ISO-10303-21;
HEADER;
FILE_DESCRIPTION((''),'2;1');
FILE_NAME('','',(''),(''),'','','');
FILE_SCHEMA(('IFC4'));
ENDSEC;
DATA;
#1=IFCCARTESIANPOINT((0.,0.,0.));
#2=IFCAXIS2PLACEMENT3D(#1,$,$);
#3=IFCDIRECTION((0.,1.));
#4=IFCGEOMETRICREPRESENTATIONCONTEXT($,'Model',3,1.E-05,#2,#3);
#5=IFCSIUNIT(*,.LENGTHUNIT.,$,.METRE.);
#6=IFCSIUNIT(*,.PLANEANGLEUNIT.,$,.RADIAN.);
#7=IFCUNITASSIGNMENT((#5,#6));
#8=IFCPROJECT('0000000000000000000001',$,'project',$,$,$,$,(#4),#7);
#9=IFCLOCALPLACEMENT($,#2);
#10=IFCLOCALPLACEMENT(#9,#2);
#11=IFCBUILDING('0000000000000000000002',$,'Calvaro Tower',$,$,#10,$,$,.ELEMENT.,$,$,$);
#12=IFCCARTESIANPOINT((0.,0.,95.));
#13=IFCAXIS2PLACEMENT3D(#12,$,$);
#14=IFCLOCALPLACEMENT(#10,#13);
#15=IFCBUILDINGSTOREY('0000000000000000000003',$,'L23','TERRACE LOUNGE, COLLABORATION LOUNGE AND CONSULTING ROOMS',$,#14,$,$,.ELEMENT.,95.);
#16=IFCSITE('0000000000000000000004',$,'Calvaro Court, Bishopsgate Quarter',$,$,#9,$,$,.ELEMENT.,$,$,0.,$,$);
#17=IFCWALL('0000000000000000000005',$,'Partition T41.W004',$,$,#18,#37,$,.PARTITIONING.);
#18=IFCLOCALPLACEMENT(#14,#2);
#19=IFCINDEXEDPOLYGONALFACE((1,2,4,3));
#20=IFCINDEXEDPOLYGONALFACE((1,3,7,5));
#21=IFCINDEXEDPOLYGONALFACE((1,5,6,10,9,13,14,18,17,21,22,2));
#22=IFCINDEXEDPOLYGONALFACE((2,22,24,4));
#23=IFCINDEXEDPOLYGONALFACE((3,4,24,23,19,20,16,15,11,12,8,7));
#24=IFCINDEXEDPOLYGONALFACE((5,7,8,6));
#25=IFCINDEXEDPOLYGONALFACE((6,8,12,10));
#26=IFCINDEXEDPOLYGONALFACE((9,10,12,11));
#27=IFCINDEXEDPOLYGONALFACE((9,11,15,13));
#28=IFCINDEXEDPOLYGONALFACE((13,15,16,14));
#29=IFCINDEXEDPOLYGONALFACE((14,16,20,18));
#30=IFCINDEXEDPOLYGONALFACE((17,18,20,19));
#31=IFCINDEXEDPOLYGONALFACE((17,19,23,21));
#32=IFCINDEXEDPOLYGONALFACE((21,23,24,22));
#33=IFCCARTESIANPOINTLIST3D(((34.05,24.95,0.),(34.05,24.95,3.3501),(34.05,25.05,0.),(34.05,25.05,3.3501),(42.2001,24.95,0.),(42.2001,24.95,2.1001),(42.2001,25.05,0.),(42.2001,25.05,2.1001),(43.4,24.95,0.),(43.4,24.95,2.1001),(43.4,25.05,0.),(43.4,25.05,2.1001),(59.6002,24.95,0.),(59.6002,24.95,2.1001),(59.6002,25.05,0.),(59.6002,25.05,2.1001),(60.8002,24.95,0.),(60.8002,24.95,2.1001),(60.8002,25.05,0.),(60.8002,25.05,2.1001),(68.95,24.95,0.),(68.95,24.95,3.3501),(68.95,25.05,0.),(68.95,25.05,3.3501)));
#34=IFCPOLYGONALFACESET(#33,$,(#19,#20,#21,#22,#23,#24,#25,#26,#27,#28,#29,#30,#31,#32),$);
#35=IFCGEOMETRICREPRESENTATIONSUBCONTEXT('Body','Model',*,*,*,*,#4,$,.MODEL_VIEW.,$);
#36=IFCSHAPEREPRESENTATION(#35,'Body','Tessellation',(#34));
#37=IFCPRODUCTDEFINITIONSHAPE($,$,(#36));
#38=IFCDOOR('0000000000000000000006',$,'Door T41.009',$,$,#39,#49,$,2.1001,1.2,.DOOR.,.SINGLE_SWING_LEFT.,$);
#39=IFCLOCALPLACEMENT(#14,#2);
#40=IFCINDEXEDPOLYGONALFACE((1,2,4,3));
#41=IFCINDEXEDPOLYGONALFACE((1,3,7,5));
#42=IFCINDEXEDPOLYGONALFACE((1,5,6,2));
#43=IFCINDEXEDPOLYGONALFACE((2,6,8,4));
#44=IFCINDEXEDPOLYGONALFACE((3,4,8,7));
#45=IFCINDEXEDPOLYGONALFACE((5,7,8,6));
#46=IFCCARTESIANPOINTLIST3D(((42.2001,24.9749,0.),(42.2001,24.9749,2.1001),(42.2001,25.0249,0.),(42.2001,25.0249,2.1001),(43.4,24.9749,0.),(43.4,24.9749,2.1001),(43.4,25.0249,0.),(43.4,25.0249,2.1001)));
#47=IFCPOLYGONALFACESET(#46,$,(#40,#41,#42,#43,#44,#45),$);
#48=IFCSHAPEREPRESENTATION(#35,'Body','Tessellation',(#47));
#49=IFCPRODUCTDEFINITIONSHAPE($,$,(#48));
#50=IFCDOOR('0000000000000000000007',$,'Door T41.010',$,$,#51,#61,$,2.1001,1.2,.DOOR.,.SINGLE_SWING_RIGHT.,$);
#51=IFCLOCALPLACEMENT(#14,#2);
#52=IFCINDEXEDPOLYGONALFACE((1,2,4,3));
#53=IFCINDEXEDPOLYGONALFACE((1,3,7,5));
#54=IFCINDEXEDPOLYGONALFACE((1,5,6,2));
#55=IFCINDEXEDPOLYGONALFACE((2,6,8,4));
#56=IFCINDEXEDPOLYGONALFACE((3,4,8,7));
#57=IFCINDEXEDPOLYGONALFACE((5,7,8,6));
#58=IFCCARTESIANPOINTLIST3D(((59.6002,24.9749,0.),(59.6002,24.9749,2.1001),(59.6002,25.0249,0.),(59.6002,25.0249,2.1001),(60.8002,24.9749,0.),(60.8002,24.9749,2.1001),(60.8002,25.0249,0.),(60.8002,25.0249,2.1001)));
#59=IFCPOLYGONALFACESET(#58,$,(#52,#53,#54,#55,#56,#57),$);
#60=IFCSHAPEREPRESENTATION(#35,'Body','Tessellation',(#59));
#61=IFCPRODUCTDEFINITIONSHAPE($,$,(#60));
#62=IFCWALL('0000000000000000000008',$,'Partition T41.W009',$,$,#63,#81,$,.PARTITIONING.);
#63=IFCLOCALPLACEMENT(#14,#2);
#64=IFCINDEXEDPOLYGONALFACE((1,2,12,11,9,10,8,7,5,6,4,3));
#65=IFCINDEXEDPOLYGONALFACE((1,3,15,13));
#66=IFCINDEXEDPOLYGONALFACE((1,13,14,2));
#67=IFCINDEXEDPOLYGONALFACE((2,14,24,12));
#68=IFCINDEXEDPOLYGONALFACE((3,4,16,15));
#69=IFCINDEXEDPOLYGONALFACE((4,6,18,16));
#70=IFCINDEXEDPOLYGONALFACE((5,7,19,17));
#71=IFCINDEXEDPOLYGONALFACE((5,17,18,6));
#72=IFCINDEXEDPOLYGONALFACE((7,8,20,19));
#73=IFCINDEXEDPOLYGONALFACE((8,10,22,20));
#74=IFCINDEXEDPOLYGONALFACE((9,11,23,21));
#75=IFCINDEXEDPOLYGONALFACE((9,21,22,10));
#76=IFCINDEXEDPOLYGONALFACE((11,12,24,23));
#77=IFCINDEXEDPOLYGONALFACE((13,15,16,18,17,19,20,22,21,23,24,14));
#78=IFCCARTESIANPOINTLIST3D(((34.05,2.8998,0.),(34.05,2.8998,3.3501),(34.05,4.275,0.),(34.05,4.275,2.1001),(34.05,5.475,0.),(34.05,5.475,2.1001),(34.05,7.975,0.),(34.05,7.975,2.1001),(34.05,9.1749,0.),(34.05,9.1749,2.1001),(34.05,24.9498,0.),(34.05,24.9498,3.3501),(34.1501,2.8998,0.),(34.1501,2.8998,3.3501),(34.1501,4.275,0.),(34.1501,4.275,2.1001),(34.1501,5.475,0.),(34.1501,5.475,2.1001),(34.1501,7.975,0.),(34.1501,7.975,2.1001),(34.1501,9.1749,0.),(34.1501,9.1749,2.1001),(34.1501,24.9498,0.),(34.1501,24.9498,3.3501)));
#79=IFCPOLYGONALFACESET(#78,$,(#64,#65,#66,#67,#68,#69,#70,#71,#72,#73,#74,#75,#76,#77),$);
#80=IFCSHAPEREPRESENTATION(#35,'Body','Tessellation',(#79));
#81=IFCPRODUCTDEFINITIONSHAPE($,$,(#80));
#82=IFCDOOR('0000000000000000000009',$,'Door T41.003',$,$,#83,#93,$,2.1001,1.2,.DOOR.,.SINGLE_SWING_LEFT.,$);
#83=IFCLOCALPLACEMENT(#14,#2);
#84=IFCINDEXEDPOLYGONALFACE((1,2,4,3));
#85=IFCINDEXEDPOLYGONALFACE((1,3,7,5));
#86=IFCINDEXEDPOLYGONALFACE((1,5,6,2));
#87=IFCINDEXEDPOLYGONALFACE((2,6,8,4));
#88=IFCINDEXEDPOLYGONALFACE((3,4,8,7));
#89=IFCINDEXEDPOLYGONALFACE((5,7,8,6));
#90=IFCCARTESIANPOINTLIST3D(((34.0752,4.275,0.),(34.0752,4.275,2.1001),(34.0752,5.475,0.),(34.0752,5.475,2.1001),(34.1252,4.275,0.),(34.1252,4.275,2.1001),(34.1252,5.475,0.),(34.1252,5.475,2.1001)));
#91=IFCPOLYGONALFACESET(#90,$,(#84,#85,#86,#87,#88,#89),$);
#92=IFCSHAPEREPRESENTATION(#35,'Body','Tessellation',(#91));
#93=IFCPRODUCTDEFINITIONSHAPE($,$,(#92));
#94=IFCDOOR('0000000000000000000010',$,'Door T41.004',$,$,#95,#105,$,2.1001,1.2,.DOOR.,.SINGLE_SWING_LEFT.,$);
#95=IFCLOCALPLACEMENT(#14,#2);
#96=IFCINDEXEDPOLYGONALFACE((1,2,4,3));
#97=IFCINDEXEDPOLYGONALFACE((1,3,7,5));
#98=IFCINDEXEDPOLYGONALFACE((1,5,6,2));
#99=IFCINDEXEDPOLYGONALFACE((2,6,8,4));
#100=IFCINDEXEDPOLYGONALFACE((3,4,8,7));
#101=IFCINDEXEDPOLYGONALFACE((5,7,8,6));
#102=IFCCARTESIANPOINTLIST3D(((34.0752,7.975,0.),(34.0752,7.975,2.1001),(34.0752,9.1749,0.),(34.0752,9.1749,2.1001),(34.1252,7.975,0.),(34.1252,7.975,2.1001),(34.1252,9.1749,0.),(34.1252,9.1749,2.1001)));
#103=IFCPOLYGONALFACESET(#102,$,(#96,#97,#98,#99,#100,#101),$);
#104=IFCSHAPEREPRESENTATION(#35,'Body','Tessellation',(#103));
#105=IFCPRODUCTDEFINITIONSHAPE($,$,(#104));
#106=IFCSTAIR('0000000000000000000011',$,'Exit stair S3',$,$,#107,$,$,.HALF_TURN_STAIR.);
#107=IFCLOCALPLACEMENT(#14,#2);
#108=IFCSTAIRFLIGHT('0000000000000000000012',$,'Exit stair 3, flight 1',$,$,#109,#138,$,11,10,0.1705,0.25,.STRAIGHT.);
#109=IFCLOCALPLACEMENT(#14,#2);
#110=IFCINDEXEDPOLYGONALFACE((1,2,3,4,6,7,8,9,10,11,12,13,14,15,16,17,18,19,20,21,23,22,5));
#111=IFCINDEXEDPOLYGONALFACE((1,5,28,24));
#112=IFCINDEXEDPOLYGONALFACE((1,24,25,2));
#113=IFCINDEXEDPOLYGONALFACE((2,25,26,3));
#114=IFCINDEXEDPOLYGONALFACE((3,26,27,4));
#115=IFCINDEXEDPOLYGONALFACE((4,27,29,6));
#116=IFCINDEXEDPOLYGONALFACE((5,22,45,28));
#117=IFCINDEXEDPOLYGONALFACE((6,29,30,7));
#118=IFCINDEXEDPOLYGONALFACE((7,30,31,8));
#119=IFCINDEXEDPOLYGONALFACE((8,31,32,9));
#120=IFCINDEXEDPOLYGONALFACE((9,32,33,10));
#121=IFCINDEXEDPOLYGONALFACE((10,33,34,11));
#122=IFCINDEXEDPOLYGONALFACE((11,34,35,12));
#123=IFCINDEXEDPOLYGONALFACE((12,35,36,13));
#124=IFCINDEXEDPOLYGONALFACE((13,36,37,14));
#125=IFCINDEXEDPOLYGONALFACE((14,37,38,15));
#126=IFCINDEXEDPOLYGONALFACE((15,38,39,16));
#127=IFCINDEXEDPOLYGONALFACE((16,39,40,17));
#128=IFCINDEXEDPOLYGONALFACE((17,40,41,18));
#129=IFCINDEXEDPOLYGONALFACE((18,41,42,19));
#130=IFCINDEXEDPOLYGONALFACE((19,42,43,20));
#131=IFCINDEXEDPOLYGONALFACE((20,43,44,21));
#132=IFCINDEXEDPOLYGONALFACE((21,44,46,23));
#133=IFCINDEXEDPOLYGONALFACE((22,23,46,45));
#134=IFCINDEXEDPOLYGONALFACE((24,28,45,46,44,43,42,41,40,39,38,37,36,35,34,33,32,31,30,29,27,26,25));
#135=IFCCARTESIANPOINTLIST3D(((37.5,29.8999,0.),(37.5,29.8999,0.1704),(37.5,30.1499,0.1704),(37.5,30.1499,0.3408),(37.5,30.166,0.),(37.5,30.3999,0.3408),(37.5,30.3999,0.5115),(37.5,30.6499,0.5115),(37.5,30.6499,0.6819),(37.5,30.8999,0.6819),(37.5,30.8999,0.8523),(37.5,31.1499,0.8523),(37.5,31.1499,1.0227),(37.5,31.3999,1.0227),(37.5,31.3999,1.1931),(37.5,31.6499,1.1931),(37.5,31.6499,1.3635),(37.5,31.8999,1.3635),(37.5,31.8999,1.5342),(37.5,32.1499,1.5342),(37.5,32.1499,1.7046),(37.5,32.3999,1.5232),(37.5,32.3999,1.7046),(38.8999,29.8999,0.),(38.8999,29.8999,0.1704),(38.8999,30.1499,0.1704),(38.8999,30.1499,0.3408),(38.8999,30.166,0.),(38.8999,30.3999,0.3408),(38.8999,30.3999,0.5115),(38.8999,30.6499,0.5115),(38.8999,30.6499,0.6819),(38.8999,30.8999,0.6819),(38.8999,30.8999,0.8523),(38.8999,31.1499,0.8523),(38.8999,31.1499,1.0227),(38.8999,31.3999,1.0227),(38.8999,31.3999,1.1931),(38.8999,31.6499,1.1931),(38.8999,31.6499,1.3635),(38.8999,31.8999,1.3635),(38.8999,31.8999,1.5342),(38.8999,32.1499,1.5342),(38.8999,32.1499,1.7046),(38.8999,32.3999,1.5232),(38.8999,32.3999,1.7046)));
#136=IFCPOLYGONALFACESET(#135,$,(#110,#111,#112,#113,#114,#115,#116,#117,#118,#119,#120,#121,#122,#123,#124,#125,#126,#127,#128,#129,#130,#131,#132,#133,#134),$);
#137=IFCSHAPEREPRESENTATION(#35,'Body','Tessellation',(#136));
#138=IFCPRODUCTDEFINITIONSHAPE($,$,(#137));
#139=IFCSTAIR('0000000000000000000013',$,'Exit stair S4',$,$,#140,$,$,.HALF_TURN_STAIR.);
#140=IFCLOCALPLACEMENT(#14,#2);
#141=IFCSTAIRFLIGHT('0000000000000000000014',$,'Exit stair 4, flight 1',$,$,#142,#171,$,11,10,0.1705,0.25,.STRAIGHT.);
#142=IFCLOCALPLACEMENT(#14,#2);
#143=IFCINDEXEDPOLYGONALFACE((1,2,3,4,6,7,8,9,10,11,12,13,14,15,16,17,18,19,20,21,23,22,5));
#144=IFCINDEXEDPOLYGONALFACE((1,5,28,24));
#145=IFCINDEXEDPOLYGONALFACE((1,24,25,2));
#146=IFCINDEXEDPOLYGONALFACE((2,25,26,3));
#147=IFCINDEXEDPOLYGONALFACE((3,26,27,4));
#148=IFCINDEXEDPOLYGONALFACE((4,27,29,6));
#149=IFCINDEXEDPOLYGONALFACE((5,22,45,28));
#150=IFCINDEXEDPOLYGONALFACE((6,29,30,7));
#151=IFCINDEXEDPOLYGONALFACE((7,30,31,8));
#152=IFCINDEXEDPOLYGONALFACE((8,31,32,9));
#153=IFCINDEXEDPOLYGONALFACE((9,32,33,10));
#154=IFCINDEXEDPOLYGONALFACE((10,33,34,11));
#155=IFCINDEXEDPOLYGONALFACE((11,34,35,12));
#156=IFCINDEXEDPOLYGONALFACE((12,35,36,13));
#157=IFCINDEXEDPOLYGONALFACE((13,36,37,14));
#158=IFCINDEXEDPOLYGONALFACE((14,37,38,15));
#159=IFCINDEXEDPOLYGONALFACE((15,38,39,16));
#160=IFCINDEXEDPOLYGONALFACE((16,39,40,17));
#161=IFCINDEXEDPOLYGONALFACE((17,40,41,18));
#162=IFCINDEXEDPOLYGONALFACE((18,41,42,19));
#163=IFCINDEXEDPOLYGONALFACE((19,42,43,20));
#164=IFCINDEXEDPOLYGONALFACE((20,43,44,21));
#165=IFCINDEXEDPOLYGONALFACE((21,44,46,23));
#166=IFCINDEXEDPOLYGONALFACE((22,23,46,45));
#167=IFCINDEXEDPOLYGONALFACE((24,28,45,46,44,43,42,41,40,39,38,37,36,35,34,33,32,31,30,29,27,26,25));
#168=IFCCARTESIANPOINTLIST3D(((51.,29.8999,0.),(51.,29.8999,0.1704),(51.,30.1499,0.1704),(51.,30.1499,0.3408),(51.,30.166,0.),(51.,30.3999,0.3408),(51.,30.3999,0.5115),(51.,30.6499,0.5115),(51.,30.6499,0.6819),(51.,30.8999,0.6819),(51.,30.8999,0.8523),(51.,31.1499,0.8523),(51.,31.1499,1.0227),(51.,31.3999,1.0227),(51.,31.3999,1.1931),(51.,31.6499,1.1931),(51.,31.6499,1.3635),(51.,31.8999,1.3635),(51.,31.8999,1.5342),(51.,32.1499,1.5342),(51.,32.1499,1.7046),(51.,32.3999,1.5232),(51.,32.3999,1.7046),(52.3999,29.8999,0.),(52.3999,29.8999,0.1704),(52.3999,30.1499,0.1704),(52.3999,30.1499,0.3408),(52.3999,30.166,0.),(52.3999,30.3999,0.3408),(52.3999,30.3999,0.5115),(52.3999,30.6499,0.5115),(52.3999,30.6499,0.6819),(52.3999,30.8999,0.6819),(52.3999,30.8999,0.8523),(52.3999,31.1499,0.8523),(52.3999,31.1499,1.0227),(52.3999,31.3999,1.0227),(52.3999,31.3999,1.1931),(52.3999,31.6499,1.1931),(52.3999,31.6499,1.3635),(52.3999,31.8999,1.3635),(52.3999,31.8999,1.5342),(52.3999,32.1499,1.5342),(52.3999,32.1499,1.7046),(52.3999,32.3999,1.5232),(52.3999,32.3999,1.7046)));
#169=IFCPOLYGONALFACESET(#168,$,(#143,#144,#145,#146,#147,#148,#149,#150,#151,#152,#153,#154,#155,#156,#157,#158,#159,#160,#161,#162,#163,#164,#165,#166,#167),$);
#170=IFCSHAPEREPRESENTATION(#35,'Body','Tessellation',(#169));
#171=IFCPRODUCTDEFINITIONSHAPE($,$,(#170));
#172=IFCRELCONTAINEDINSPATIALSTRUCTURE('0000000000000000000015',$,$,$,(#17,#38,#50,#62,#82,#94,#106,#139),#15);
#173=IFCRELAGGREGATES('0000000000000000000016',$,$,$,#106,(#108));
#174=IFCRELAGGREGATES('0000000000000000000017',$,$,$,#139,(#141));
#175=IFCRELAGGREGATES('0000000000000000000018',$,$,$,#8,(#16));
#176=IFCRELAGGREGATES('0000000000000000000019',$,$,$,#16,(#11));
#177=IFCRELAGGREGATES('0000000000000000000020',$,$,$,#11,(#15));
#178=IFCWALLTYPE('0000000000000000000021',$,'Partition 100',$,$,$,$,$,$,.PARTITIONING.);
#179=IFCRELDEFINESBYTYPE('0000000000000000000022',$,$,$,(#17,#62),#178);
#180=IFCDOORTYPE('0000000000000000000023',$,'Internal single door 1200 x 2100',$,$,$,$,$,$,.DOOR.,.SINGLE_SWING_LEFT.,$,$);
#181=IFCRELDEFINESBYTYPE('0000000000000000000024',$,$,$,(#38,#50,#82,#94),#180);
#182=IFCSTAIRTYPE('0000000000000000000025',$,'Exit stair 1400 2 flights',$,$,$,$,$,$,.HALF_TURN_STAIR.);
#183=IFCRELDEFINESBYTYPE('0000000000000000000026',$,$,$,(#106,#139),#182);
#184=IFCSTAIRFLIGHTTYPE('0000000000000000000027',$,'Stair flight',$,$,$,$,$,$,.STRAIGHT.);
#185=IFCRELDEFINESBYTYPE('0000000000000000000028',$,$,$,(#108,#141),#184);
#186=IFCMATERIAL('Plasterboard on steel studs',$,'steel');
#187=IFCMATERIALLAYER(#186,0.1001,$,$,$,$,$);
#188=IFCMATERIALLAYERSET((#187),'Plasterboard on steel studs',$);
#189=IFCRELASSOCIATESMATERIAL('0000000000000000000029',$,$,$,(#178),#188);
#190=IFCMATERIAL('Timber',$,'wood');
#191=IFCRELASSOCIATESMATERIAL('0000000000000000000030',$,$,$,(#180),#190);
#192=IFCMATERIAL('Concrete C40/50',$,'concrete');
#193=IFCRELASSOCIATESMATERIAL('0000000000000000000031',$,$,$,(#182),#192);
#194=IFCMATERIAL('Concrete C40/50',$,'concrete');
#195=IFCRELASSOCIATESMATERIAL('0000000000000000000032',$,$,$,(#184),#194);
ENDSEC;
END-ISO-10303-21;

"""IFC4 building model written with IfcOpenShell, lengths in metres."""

from ifc_helpers import new_model, si_unit, direction, frame, frame_2d, origin, place, context, subcontext, project, spatial, polyline, rectangle, outline, extrude, material, layer, layer_set, type_object, element, fill, aggregate, save


model = new_model("IFC4")

# Units and contexts
model_context = context("Model", 3, precision=1e-05, world=origin(), true_north=direction((0.0, 1.0)))
body_context = subcontext(model_context, "Body", "Model", "MODEL_VIEW")
ifc_project = project(units=[si_unit("LENGTHUNIT", "METRE"), si_unit("PLANEANGLEUNIT", "RADIAN")], contexts=[model_context])

# Site, building, storey
site_placement = place(None, origin())
site = spatial("IfcSite", under=ifc_project, at=site_placement, Name="Calvaro Court, Bishopsgate Quarter", CompositionType="ELEMENT", RefElevation=0.0)
building_placement = place(site_placement, origin())
building = spatial("IfcBuilding", under=site, at=building_placement, Name="Calvaro Tower", CompositionType="ELEMENT")
storey_placement = place(building_placement, frame((0.0, 0.0, 95.0)))
storey = spatial("IfcBuildingStorey", under=building, at=storey_placement, Name="L23", Description="TERRACE LOUNGE, COLLABORATION LOUNGE AND CONSULTING ROOMS", CompositionType="ELEMENT", Elevation=95.0)

# Shared definitions
ifc_material_1 = material(Name="Plasterboard on steel studs", Category="steel")
ifc_layer_1 = layer(ifc_material_1, 0.1001)
ifc_layer_set_1 = layer_set([ifc_layer_1], Name="Plasterboard on steel studs")
wall_type_1 = type_object("IfcWallType", Name="Partition 100", PredefinedType="PARTITIONING", material=ifc_layer_set_1)

# Walls, openings, doors
wall_1_placement = place(storey_placement, frame((34.05, 25.0, 0.0), z_axis=(0.0, 0.0, 1.0), x_axis=(1.0, 0.0, 0.0)))
wall_1 = element("IfcWall", 1, at=wall_1_placement, inside=storey, type_object=wall_type_1, Name="Partition T41.W004", PredefinedType="PARTITIONING", context=body_context, shape_type="SweptSolid", body=[
    extrude(rectangle(XDim=34.8999, YDim=0.1001, at=frame_2d((17.45, 0.0))), origin(), (0.0, 0.0, 1.0), 3.3501),
])
opening_1_placement = place(wall_1_placement, frame((8.1499, 0.0, 0.0)))
opening_1 = element("IfcOpeningElement", 2, at=opening_1_placement, cuts=wall_1, PredefinedType="OPENING", context=body_context, shape_type="SweptSolid", body=[
    extrude(rectangle(XDim=1.2, YDim=2.1001, at=frame_2d((0.6001, 1.05))), frame((0.0, 0.0601, 0.0), z_axis=(0.0, -1.0, 0.0), x_axis=(1.0, 0.0, 0.0)), (0.0, 0.0, 1.0), 0.1201),
])
opening_2_placement = place(wall_1_placement, frame((25.55, 0.0, 0.0)))
opening_2 = element("IfcOpeningElement", 3, at=opening_2_placement, cuts=wall_1, PredefinedType="OPENING", context=body_context, shape_type="SweptSolid", body=[
    extrude(rectangle(XDim=1.2, YDim=2.1001, at=frame_2d((0.6001, 1.05))), frame((0.0, 0.0601, 0.0), z_axis=(0.0, -1.0, 0.0), x_axis=(1.0, 0.0, 0.0)), (0.0, 0.0, 1.0), 0.1201),
])
ifc_material_2 = material(Name="Timber", Category="wood")
door_type_1 = type_object("IfcDoorType", Name="Internal single door 1200 x 2100", OperationType="SINGLE_SWING_LEFT", PredefinedType="DOOR", material=ifc_material_2)
door_1_placement = place(opening_1_placement, origin())
door_1 = element("IfcDoor", 4, at=door_1_placement, inside=storey, type_object=door_type_1, Name="Door T41.009", OperationType="SINGLE_SWING_LEFT", OverallHeight=2.1001, OverallWidth=1.2, PredefinedType="DOOR", context=body_context, shape_type="SweptSolid", body=[
    extrude(rectangle(XDim=1.2, YDim=2.1001, at=frame_2d((0.6001, 1.05))), frame((0.0, 0.0249, 0.0), z_axis=(0.0, -1.0, 0.0), x_axis=(1.0, 0.0, 0.0)), (0.0, 0.0, 1.0), 0.05),
])
fill(opening_1, door_1)
door_2_placement = place(opening_2_placement, origin())
door_2 = element("IfcDoor", 5, at=door_2_placement, inside=storey, type_object=door_type_1, Name="Door T41.010", OperationType="SINGLE_SWING_RIGHT", OverallHeight=2.1001, OverallWidth=1.2, PredefinedType="DOOR", context=body_context, shape_type="SweptSolid", body=[
    extrude(rectangle(XDim=1.2, YDim=2.1001, at=frame_2d((0.6001, 1.05))), frame((0.0, 0.0249, 0.0), z_axis=(0.0, -1.0, 0.0), x_axis=(1.0, 0.0, 0.0)), (0.0, 0.0, 1.0), 0.05),
])
fill(opening_2, door_2)
wall_2_placement = place(storey_placement, frame((34.1001, 2.8999, 0.0), z_axis=(0.0, 0.0, 1.0), x_axis=(0.0, 1.0, 0.0)))
wall_2 = element("IfcWall", 6, at=wall_2_placement, inside=storey, type_object=wall_type_1, Name="Partition T41.W009", PredefinedType="PARTITIONING", context=body_context, shape_type="SweptSolid", body=[
    extrude(rectangle(XDim=22.05, YDim=0.1001, at=frame_2d((11.0249, 0.0))), origin(), (0.0, 0.0, 1.0), 3.3501),
])
opening_3_placement = place(wall_2_placement, frame((1.375, 0.0, 0.0)))
opening_3 = element("IfcOpeningElement", 7, at=opening_3_placement, cuts=wall_2, PredefinedType="OPENING", context=body_context, shape_type="SweptSolid", body=[
    extrude(rectangle(XDim=1.2, YDim=2.1001, at=frame_2d((0.6001, 1.05))), frame((0.0, 0.0601, 0.0), z_axis=(0.0, -1.0, 0.0), x_axis=(1.0, 0.0, 0.0)), (0.0, 0.0, 1.0), 0.1201),
])
opening_4_placement = place(wall_2_placement, frame((5.075, 0.0, 0.0)))
opening_4 = element("IfcOpeningElement", 8, at=opening_4_placement, cuts=wall_2, PredefinedType="OPENING", context=body_context, shape_type="SweptSolid", body=[
    extrude(rectangle(XDim=1.2, YDim=2.1001, at=frame_2d((0.6001, 1.05))), frame((0.0, 0.0601, 0.0), z_axis=(0.0, -1.0, 0.0), x_axis=(1.0, 0.0, 0.0)), (0.0, 0.0, 1.0), 0.1201),
])
door_3_placement = place(opening_3_placement, origin())
door_3 = element("IfcDoor", 9, at=door_3_placement, inside=storey, type_object=door_type_1, Name="Door T41.003", OperationType="SINGLE_SWING_LEFT", OverallHeight=2.1001, OverallWidth=1.2, PredefinedType="DOOR", context=body_context, shape_type="SweptSolid", body=[
    extrude(rectangle(XDim=1.2, YDim=2.1001, at=frame_2d((0.6001, 1.05))), frame((0.0, 0.0249, 0.0), z_axis=(0.0, -1.0, 0.0), x_axis=(1.0, 0.0, 0.0)), (0.0, 0.0, 1.0), 0.05),
])
fill(opening_3, door_3)
door_4_placement = place(opening_4_placement, origin())
door_4 = element("IfcDoor", 10, at=door_4_placement, inside=storey, type_object=door_type_1, Name="Door T41.004", OperationType="SINGLE_SWING_LEFT", OverallHeight=2.1001, OverallWidth=1.2, PredefinedType="DOOR", context=body_context, shape_type="SweptSolid", body=[
    extrude(rectangle(XDim=1.2, YDim=2.1001, at=frame_2d((0.6001, 1.05))), frame((0.0, 0.0249, 0.0), z_axis=(0.0, -1.0, 0.0), x_axis=(1.0, 0.0, 0.0)), (0.0, 0.0, 1.0), 0.05),
])
fill(opening_4, door_4)

# Stairs, stair flights
ifc_material_3 = material(Name="Concrete C40/50", Category="concrete")
stair_type = type_object("IfcStairType", Name="Exit stair 1400 2 flights", PredefinedType="HALF_TURN_STAIR", material=ifc_material_3)
stair_1_placement = place(storey_placement, origin())
stair_1 = element("IfcStair", 11, at=stair_1_placement, inside=storey, type_object=stair_type, Name="Exit stair S3", PredefinedType="HALF_TURN_STAIR")
ifc_material_4 = material(Name="Concrete C40/50", Category="concrete")
stair_flight_type = type_object("IfcStairFlightType", Name="Stair flight", PredefinedType="STRAIGHT", material=ifc_material_4)
stair_flight_1_placement = place(storey_placement, frame((38.2, 29.8999, 0.0), z_axis=(0.0, 0.0, 1.0), x_axis=(0.0, 1.0, 0.0)))
stair_flight_1 = element("IfcStairFlight", 12, at=stair_flight_1_placement, type_object=stair_flight_type, Name="Exit stair 3, flight 1", NumberOfRisers=11, NumberOfTreads=10, PredefinedType="STRAIGHT", RiserHeight=0.1705, TreadLength=0.25, context=body_context, shape_type="SweptSolid", body=[
    extrude(outline(polyline([(0.0, 0.0), (0.0, 0.1704), (0.25, 0.1704), (0.25, 0.3408), (0.5, 0.3408), (0.5, 0.5115), (0.75, 0.5115), (0.75, 0.6819), (1.0, 0.6819), (1.0, 0.8523), (1.25, 0.8523), (1.25, 1.0227), (1.5, 1.0227), (1.5, 1.1931), (1.75, 1.1931), (1.75, 1.3635), (2.0, 1.3635), (2.0, 1.5342), (2.25, 1.5342), (2.25, 1.7046), (2.5, 1.7046), (2.5, 1.875), (2.5, 1.5232), (0.2661, 0.0), (0.0, 0.0)])), frame((0.0, 0.7, 0.0), z_axis=(0.0, -1.0, 0.0), x_axis=(1.0, 0.0, 0.0)), (0.0, 0.0, 1.0), 1.3999),
])
stair_2_placement = place(storey_placement, origin())
stair_2 = element("IfcStair", 13, at=stair_2_placement, inside=storey, type_object=stair_type, Name="Exit stair S4", PredefinedType="HALF_TURN_STAIR")
stair_flight_2_placement = place(storey_placement, frame((51.7, 29.8999, 0.0), z_axis=(0.0, 0.0, 1.0), x_axis=(0.0, 1.0, 0.0)))
stair_flight_2 = element("IfcStairFlight", 14, at=stair_flight_2_placement, type_object=stair_flight_type, Name="Exit stair 4, flight 1", NumberOfRisers=11, NumberOfTreads=10, PredefinedType="STRAIGHT", RiserHeight=0.1705, TreadLength=0.25, context=body_context, shape_type="SweptSolid", body=[
    extrude(outline(polyline([(0.0, 0.0), (0.0, 0.1704), (0.25, 0.1704), (0.25, 0.3408), (0.5, 0.3408), (0.5, 0.5115), (0.75, 0.5115), (0.75, 0.6819), (1.0, 0.6819), (1.0, 0.8523), (1.25, 0.8523), (1.25, 1.0227), (1.5, 1.0227), (1.5, 1.1931), (1.75, 1.1931), (1.75, 1.3635), (2.0, 1.3635), (2.0, 1.5342), (2.25, 1.5342), (2.25, 1.7046), (2.5, 1.7046), (2.5, 1.875), (2.5, 1.5232), (0.2661, 0.0), (0.0, 0.0)])), frame((0.0, 0.7, 0.0), z_axis=(0.0, -1.0, 0.0), x_axis=(1.0, 0.0, 0.0)), (0.0, 0.0, 1.0), 1.3999),
])

aggregate(stair_1, [stair_flight_1])
aggregate(stair_2, [stair_flight_2])

save(model, "model.ifc")
